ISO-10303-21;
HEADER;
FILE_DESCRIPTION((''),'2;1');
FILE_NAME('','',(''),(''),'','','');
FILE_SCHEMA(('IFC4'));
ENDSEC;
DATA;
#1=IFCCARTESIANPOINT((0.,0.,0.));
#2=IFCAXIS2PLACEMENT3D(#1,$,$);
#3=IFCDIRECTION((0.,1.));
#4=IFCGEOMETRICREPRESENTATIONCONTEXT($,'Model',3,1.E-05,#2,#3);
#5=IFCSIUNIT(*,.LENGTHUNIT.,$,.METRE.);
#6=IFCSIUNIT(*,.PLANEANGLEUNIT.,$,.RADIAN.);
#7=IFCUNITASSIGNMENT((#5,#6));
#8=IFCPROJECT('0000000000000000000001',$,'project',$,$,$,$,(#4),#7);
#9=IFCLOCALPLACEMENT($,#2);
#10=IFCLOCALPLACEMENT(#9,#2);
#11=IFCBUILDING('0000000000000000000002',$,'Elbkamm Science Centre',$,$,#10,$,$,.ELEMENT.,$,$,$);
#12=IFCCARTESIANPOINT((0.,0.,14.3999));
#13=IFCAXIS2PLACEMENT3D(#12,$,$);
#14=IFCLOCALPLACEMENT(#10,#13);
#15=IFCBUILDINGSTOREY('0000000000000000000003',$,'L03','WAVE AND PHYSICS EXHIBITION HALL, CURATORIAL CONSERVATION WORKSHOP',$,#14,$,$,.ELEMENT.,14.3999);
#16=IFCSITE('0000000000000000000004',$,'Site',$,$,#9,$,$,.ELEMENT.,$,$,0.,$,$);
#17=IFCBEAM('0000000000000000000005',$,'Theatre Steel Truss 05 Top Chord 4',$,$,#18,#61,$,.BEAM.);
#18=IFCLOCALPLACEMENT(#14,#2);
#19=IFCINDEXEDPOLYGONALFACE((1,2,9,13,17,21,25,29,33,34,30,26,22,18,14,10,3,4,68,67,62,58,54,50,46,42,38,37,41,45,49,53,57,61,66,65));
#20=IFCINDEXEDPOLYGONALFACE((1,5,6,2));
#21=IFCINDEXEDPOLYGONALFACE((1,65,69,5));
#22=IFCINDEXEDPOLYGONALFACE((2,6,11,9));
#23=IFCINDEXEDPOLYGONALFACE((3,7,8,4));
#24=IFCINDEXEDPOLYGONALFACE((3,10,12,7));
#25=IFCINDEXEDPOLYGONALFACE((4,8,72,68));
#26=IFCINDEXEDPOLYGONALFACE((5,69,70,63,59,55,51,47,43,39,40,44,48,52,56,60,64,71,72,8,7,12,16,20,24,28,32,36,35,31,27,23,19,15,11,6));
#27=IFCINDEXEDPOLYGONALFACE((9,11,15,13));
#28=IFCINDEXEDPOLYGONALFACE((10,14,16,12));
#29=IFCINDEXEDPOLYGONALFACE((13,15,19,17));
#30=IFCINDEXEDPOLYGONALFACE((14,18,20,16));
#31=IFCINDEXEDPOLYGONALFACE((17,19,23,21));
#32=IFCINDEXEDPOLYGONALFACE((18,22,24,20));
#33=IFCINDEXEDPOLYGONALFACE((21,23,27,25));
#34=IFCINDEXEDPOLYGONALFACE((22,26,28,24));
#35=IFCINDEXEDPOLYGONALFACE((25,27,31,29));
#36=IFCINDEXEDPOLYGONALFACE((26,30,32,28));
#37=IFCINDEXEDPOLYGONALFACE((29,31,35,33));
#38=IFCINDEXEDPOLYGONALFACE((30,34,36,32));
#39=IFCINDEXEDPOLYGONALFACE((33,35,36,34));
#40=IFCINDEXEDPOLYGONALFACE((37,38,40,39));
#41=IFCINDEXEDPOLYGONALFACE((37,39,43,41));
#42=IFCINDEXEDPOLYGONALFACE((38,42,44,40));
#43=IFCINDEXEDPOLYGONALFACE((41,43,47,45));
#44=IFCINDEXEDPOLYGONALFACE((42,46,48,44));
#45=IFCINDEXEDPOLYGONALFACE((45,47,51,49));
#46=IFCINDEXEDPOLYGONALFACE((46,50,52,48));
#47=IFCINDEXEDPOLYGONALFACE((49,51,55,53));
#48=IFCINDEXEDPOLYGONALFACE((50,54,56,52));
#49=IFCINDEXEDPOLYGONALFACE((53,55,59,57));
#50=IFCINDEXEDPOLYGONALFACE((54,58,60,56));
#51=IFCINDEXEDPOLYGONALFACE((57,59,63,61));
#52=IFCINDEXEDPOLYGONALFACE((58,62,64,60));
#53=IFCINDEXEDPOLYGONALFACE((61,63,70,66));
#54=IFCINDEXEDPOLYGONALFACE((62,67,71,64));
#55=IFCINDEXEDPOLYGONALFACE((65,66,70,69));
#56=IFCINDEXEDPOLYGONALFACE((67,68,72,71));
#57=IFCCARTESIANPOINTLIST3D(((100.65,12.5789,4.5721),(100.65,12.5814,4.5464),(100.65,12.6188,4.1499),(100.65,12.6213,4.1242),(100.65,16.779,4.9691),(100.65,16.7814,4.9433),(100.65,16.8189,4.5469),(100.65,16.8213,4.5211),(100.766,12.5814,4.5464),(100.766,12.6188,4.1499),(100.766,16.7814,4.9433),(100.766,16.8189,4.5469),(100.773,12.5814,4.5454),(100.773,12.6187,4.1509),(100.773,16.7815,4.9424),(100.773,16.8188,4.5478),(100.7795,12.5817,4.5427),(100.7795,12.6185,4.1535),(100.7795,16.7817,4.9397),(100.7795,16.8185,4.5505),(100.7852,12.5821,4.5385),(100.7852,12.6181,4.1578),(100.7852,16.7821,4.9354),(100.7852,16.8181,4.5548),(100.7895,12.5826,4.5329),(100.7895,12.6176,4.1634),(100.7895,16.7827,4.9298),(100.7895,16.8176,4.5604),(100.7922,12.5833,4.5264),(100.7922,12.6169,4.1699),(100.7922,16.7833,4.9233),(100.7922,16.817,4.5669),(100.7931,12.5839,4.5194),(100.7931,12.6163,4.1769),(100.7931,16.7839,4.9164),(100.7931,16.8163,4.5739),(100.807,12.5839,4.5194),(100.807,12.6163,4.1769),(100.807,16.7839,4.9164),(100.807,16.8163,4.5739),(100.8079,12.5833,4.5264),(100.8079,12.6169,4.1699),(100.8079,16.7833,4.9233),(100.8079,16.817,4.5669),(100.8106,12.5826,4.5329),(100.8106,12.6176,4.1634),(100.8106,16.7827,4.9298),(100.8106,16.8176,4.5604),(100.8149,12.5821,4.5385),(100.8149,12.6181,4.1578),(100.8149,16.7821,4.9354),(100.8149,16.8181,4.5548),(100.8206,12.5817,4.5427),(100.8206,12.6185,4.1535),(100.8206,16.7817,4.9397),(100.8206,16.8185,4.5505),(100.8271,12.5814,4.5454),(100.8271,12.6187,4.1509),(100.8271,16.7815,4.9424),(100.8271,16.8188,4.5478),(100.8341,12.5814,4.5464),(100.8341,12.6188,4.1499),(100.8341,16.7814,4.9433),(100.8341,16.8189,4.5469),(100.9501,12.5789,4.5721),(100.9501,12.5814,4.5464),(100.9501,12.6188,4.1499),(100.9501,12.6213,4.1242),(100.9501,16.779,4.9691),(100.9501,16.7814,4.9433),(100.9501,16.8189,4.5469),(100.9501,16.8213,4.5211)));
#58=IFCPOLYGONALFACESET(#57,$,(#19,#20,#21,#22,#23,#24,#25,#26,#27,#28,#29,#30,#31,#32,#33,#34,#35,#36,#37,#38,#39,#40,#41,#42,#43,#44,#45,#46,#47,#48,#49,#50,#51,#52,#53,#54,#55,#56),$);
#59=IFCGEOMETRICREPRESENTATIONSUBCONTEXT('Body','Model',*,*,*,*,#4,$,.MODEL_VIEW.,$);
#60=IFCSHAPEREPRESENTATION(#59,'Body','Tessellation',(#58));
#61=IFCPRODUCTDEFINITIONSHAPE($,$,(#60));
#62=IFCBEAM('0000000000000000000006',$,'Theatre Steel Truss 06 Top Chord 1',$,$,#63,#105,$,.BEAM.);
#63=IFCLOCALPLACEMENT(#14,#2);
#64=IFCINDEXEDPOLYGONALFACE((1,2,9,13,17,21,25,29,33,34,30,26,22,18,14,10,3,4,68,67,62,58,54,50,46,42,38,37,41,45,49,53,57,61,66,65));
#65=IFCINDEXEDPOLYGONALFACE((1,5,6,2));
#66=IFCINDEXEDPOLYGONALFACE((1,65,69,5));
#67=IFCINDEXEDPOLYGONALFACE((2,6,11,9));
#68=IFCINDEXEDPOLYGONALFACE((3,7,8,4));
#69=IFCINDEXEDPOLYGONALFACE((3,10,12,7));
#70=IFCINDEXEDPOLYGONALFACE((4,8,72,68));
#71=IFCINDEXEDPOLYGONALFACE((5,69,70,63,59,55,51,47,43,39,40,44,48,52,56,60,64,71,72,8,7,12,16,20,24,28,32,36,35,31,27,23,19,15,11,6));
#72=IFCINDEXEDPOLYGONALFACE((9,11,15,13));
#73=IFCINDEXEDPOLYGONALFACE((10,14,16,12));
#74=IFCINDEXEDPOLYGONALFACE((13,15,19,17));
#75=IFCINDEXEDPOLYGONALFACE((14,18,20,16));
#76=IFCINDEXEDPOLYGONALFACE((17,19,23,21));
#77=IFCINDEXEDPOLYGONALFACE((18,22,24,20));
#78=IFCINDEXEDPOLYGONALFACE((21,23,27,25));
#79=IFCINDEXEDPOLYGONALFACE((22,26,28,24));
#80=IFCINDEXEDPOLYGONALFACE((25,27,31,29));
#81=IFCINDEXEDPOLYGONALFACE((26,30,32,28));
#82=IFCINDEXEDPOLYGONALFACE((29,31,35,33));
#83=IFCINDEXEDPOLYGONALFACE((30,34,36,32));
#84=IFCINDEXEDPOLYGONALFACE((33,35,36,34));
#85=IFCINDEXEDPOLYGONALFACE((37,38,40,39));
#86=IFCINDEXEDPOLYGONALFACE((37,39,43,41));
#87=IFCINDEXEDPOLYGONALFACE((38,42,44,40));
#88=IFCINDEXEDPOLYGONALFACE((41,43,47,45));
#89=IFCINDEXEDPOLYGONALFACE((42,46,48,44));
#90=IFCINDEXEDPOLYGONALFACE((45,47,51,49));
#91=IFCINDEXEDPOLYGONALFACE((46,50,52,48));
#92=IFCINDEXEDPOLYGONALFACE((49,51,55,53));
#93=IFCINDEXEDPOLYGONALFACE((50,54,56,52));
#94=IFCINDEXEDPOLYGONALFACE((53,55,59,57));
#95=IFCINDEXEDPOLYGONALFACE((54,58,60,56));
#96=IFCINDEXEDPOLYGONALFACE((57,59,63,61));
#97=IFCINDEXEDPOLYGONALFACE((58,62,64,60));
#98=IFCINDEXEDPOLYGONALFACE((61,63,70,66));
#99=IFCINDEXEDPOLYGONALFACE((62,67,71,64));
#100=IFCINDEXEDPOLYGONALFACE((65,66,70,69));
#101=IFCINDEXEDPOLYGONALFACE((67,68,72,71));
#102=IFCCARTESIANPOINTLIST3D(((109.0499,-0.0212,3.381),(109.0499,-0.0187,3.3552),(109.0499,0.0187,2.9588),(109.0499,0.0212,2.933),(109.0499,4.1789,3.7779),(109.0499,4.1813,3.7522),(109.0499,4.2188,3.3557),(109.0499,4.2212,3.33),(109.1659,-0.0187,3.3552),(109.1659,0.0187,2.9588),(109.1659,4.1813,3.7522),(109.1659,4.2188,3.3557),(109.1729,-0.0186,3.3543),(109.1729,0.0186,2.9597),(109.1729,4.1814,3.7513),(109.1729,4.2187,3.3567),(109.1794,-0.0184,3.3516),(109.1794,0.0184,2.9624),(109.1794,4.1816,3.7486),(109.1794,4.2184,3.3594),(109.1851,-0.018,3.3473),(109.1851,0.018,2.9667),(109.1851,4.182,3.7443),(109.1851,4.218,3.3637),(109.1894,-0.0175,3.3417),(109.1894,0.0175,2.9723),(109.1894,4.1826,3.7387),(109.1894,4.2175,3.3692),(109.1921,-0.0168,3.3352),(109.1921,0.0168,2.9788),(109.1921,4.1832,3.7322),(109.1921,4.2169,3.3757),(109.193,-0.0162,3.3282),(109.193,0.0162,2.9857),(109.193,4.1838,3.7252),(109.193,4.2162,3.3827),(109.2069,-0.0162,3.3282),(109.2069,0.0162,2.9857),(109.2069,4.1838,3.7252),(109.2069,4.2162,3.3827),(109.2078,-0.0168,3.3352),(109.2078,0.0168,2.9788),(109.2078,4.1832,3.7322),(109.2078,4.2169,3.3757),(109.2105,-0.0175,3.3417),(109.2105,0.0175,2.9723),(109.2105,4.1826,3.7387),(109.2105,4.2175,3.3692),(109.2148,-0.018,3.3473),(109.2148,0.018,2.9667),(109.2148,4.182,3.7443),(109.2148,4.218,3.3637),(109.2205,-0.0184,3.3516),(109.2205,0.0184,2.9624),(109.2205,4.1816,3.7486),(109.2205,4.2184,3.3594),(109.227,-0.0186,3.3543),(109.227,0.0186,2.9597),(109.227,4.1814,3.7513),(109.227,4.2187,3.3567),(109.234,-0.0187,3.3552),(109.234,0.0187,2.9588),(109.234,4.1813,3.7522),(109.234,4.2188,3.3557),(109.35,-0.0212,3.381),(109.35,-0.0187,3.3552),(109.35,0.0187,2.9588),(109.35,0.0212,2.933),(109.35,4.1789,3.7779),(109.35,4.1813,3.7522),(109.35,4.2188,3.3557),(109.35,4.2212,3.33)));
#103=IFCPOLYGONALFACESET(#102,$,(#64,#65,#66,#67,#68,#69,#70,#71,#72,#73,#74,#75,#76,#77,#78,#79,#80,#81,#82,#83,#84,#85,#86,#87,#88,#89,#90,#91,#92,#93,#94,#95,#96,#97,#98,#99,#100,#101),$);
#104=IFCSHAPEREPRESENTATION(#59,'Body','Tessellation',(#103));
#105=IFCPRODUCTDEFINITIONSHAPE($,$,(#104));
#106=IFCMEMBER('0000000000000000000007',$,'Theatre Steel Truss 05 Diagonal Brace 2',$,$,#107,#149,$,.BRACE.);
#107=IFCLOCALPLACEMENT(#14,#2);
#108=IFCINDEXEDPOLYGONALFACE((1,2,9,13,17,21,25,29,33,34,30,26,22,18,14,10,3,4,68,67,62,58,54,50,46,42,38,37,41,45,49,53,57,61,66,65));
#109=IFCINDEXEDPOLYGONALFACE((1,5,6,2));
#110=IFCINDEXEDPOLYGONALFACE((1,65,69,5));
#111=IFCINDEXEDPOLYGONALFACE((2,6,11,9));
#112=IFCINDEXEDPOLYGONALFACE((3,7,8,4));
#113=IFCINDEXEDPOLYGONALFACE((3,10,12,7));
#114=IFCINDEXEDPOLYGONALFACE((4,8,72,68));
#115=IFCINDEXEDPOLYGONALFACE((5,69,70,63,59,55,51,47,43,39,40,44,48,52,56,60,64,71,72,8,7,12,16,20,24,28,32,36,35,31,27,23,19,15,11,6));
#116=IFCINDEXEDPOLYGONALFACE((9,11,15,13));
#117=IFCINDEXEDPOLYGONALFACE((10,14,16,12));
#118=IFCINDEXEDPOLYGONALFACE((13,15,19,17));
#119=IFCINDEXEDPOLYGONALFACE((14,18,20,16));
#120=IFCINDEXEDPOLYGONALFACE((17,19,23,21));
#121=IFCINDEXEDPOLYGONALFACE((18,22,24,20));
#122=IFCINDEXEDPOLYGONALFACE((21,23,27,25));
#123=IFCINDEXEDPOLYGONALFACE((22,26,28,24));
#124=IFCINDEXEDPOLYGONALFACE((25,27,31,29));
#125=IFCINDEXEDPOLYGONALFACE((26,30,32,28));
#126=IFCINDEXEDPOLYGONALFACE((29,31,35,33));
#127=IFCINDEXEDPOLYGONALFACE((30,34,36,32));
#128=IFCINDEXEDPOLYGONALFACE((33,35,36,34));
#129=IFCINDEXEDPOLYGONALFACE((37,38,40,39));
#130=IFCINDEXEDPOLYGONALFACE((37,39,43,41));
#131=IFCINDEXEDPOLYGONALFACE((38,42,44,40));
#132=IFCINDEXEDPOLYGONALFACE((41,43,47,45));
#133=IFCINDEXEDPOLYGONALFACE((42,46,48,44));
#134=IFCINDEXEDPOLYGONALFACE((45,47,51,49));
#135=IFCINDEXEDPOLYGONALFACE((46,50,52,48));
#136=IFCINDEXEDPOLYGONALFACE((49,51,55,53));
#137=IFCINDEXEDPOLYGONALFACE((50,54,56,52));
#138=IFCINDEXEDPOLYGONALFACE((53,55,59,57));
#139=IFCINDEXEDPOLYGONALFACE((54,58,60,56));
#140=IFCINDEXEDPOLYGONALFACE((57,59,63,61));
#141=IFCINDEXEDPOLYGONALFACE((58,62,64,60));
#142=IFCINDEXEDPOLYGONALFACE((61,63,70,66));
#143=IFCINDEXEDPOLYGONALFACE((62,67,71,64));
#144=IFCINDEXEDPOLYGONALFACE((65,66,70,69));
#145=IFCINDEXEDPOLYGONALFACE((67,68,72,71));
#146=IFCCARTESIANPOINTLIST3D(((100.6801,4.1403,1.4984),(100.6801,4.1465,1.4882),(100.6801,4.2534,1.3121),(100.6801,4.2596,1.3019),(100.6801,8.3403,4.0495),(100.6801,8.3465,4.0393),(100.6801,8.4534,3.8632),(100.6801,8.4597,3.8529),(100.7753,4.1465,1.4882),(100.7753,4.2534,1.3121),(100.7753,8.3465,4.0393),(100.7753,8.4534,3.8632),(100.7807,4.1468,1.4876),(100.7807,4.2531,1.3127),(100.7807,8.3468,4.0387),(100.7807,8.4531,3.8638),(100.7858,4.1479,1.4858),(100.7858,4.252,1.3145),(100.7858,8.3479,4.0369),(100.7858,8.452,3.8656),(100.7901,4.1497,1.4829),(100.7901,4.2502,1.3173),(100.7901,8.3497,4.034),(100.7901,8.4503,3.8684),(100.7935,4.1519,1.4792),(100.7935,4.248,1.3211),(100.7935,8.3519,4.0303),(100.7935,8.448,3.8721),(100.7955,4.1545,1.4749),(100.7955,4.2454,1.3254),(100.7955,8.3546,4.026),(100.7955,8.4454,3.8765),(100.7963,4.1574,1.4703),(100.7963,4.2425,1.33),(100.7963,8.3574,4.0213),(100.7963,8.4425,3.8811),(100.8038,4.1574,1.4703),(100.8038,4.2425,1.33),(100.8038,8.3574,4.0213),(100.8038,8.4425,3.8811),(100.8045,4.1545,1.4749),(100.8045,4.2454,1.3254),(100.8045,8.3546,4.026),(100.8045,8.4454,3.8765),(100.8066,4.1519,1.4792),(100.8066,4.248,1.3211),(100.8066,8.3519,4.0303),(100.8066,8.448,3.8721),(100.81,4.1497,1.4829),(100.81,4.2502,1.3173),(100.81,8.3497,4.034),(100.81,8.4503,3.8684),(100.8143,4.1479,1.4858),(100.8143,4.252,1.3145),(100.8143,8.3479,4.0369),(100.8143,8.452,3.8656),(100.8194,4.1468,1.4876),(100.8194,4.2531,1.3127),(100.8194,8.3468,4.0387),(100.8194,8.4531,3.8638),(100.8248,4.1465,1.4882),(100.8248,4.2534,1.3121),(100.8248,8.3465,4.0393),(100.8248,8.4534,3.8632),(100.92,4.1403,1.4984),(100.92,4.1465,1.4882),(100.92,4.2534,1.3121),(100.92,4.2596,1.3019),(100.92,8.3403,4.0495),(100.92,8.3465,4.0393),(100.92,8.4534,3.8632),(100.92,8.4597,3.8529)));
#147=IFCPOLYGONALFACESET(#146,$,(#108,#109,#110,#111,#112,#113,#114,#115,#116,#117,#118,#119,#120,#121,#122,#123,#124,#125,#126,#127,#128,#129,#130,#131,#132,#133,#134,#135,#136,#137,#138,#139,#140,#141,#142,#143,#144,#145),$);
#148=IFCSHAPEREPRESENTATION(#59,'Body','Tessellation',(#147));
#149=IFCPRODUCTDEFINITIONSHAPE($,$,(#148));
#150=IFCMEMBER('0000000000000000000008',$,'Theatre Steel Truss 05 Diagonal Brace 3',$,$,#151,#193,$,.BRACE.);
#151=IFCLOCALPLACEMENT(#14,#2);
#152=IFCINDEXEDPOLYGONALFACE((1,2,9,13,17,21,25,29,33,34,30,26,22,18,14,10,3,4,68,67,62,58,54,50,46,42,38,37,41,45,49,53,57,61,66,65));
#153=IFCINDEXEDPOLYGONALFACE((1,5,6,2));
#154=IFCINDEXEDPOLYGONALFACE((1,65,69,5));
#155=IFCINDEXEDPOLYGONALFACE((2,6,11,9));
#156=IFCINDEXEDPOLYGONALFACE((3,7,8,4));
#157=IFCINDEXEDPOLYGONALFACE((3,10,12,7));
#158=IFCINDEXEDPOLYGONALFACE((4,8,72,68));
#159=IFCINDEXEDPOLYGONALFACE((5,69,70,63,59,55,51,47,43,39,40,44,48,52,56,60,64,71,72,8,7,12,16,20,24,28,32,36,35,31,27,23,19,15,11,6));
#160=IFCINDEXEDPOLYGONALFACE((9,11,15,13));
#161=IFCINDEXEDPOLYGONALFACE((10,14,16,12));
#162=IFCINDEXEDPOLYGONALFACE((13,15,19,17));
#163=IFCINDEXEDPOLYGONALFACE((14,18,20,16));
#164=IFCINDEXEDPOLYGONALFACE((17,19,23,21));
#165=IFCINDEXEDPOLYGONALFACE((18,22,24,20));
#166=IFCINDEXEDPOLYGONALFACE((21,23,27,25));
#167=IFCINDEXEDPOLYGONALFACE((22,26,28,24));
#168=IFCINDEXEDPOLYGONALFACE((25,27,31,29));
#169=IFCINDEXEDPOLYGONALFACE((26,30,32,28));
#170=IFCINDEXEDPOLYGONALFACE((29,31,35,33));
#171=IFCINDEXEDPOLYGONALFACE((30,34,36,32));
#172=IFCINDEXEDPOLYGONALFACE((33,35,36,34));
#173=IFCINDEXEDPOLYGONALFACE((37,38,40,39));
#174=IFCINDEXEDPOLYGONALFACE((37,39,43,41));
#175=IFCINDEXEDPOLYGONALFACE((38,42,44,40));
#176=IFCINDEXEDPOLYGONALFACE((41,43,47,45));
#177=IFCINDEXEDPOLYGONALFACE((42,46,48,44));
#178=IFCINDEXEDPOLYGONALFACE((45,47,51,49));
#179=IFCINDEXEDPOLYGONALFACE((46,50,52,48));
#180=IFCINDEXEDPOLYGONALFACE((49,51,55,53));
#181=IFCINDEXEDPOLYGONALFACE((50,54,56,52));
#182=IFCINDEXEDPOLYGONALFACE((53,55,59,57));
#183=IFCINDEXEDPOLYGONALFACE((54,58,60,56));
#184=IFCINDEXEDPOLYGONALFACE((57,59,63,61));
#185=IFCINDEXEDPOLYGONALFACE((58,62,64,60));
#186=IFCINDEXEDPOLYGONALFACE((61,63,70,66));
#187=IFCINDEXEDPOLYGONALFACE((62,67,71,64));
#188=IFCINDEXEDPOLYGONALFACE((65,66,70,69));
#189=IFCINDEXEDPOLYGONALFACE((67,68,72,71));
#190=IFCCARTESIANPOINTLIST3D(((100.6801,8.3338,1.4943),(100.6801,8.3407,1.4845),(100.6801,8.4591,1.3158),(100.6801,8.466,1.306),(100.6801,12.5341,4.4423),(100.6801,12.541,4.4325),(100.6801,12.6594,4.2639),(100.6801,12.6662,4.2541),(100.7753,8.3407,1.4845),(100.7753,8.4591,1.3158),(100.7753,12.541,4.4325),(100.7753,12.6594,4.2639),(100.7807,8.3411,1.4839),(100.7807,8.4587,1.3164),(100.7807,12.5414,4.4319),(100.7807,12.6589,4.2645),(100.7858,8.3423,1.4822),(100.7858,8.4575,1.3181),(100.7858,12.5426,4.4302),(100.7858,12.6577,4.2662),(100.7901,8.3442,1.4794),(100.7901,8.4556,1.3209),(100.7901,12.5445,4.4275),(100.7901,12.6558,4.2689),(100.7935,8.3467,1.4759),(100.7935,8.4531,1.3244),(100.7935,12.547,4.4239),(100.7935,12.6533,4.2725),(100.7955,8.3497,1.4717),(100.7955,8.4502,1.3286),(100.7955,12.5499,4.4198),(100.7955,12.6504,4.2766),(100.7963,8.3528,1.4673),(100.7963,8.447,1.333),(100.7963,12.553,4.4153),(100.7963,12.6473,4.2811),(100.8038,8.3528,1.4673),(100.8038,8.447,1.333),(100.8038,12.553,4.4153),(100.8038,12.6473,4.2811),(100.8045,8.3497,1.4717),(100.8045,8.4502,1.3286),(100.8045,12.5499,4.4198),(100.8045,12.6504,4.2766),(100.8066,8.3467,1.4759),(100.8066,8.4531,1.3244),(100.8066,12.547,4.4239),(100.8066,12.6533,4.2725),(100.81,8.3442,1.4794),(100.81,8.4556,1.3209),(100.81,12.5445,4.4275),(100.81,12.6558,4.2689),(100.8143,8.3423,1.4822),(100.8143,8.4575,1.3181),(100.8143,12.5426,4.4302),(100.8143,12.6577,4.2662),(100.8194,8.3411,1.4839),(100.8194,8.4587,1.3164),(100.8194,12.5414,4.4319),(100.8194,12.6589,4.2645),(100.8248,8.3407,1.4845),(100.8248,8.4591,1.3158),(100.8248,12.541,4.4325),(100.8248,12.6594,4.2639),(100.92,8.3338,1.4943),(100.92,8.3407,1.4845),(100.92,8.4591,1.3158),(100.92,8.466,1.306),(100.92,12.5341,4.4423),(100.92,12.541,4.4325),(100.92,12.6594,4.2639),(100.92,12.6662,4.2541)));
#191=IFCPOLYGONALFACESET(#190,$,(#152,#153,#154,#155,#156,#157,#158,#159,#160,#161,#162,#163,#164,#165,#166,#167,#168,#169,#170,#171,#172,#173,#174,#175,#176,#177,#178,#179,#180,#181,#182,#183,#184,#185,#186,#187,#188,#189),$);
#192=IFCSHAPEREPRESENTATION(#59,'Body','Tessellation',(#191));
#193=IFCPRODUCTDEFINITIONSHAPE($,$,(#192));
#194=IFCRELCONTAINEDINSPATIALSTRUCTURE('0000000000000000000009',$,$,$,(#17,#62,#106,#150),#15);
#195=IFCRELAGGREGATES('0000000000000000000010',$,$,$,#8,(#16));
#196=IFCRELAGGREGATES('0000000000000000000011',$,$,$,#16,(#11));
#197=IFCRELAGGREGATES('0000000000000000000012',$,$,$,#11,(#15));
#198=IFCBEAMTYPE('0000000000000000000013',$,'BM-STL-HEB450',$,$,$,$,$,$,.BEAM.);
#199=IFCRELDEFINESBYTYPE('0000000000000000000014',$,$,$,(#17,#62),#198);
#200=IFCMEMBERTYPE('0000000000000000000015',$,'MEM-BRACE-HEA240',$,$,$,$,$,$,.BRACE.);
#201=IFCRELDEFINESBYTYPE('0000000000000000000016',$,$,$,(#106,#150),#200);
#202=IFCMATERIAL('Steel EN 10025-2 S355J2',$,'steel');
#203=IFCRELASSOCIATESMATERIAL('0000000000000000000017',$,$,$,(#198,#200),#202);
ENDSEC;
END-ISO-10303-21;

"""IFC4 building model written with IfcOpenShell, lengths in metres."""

from ifc_helpers import new_model, si_unit, direction, frame, origin, origin_2d, place, context, subcontext, project, spatial, i_section, extrude, material, material_profile, profile_set, type_object, element, save


model = new_model("IFC4")

# Units and contexts
model_context = context("Model", 3, precision=1e-05, world=origin(), true_north=direction((0.0, 1.0)))
body_context = subcontext(model_context, "Body", "Model", "MODEL_VIEW")
ifc_project = project(units=[si_unit("LENGTHUNIT", "METRE"), si_unit("PLANEANGLEUNIT", "RADIAN")], contexts=[model_context])

# Site, building, storey
site_placement = place(None, origin())
site = spatial("IfcSite", under=ifc_project, at=site_placement, Name="Site", CompositionType="ELEMENT", RefElevation=0.0)
building_placement = place(site_placement, origin())
building = spatial("IfcBuilding", under=site, at=building_placement, Name="Elbkamm Science Centre", CompositionType="ELEMENT")
storey_placement = place(building_placement, frame((0.0, 0.0, 14.3999)))
storey = spatial("IfcBuildingStorey", under=building, at=storey_placement, Name="L03", Description="WAVE AND PHYSICS EXHIBITION HALL, CURATORIAL CONSERVATION WORKSHOP", CompositionType="ELEMENT", Elevation=14.3999)

# Beams
ifc_material_1 = material(Name="Steel EN 10025-2 S355J2", Category="steel")
ifc_material_profile_1 = material_profile(ifc_material_1, i_section(OverallWidth=0.3, OverallDepth=0.45, WebThickness=0.0139, FlangeThickness=0.0259, FilletRadius=0.0271, at=origin_2d()), Name="HEB 450")
ifc_profile_set_1 = profile_set([ifc_material_profile_1], Name="Steel EN 10025-2 S355J2")
beam_type_1 = type_object("IfcBeamType", Name="BM-STL-HEB450", PredefinedType="BEAM", material=ifc_profile_set_1)
for number, where, z_axis, x_axis, name in (
    (1, (100.8, 12.6001, 4.3481), (0.0, 0.995563, 0.094099), (-1.0, 0.0, 0.0), "Theatre Steel Truss 05 Top Chord 4"),
    (2, (109.2, 0.0, 3.157), (0.0, 0.995563, 0.094099), (-1.0, 0.0, 0.0), "Theatre Steel Truss 06 Top Chord 1"),
):
    element("IfcBeam", number, at=place(storey_placement, frame(where, z_axis=z_axis, x_axis=x_axis)), inside=storey, type_object=beam_type_1, Name=name, PredefinedType="BEAM", context=body_context, shape_type="SweptSolid", body=[
        extrude(i_section(OverallWidth=0.3, OverallDepth=0.45, WebThickness=0.0139, FlangeThickness=0.0259, FilletRadius=0.0271, at=origin_2d()), origin(), (0.0, 0.0, 1.0), 4.2188),
    ])

# Members
ifc_material_profile_2 = material_profile(ifc_material_1, i_section(OverallWidth=0.24, OverallDepth=0.23, WebThickness=0.0076, FlangeThickness=0.012, FilletRadius=0.021, at=origin_2d()), Name="HEA 240")
ifc_profile_set_2 = profile_set([ifc_material_profile_2], Name="Steel EN 10025-2 S355J2")
member_type_1 = type_object("IfcMemberType", Name="MEM-BRACE-HEA240", PredefinedType="BRACE", material=ifc_profile_set_2)
member_1_placement = place(storey_placement, frame((100.8, 4.2, 1.4001), z_axis=(0.0, 0.854692, 0.519135), x_axis=(-1.0, 0.0, 0.0)))
element("IfcMember", 3, at=member_1_placement, inside=storey, type_object=member_type_1, Name="Theatre Steel Truss 05 Diagonal Brace 2", PredefinedType="BRACE", context=body_context, shape_type="SweptSolid", body=[
    extrude(i_section(OverallWidth=0.24, OverallDepth=0.23, WebThickness=0.0076, FlangeThickness=0.012, FilletRadius=0.021, at=origin_2d()), origin(), (0.0, 0.0, 1.0), 4.9141),
])
member_2_placement = place(storey_placement, frame((100.8, 8.3999, 1.4001), z_axis=(0.0, 0.818512, 0.57449), x_axis=(-1.0, 0.0, 0.0)))
element("IfcMember", 4, at=member_2_placement, inside=storey, type_object=member_type_1, Name="Theatre Steel Truss 05 Diagonal Brace 3", PredefinedType="BRACE", context=body_context, shape_type="SweptSolid", body=[
    extrude(i_section(OverallWidth=0.24, OverallDepth=0.23, WebThickness=0.0076, FlangeThickness=0.012, FilletRadius=0.021, at=origin_2d()), origin(), (0.0, 0.0, 1.0), 5.1316),
])

save(model, "model.ifc")
